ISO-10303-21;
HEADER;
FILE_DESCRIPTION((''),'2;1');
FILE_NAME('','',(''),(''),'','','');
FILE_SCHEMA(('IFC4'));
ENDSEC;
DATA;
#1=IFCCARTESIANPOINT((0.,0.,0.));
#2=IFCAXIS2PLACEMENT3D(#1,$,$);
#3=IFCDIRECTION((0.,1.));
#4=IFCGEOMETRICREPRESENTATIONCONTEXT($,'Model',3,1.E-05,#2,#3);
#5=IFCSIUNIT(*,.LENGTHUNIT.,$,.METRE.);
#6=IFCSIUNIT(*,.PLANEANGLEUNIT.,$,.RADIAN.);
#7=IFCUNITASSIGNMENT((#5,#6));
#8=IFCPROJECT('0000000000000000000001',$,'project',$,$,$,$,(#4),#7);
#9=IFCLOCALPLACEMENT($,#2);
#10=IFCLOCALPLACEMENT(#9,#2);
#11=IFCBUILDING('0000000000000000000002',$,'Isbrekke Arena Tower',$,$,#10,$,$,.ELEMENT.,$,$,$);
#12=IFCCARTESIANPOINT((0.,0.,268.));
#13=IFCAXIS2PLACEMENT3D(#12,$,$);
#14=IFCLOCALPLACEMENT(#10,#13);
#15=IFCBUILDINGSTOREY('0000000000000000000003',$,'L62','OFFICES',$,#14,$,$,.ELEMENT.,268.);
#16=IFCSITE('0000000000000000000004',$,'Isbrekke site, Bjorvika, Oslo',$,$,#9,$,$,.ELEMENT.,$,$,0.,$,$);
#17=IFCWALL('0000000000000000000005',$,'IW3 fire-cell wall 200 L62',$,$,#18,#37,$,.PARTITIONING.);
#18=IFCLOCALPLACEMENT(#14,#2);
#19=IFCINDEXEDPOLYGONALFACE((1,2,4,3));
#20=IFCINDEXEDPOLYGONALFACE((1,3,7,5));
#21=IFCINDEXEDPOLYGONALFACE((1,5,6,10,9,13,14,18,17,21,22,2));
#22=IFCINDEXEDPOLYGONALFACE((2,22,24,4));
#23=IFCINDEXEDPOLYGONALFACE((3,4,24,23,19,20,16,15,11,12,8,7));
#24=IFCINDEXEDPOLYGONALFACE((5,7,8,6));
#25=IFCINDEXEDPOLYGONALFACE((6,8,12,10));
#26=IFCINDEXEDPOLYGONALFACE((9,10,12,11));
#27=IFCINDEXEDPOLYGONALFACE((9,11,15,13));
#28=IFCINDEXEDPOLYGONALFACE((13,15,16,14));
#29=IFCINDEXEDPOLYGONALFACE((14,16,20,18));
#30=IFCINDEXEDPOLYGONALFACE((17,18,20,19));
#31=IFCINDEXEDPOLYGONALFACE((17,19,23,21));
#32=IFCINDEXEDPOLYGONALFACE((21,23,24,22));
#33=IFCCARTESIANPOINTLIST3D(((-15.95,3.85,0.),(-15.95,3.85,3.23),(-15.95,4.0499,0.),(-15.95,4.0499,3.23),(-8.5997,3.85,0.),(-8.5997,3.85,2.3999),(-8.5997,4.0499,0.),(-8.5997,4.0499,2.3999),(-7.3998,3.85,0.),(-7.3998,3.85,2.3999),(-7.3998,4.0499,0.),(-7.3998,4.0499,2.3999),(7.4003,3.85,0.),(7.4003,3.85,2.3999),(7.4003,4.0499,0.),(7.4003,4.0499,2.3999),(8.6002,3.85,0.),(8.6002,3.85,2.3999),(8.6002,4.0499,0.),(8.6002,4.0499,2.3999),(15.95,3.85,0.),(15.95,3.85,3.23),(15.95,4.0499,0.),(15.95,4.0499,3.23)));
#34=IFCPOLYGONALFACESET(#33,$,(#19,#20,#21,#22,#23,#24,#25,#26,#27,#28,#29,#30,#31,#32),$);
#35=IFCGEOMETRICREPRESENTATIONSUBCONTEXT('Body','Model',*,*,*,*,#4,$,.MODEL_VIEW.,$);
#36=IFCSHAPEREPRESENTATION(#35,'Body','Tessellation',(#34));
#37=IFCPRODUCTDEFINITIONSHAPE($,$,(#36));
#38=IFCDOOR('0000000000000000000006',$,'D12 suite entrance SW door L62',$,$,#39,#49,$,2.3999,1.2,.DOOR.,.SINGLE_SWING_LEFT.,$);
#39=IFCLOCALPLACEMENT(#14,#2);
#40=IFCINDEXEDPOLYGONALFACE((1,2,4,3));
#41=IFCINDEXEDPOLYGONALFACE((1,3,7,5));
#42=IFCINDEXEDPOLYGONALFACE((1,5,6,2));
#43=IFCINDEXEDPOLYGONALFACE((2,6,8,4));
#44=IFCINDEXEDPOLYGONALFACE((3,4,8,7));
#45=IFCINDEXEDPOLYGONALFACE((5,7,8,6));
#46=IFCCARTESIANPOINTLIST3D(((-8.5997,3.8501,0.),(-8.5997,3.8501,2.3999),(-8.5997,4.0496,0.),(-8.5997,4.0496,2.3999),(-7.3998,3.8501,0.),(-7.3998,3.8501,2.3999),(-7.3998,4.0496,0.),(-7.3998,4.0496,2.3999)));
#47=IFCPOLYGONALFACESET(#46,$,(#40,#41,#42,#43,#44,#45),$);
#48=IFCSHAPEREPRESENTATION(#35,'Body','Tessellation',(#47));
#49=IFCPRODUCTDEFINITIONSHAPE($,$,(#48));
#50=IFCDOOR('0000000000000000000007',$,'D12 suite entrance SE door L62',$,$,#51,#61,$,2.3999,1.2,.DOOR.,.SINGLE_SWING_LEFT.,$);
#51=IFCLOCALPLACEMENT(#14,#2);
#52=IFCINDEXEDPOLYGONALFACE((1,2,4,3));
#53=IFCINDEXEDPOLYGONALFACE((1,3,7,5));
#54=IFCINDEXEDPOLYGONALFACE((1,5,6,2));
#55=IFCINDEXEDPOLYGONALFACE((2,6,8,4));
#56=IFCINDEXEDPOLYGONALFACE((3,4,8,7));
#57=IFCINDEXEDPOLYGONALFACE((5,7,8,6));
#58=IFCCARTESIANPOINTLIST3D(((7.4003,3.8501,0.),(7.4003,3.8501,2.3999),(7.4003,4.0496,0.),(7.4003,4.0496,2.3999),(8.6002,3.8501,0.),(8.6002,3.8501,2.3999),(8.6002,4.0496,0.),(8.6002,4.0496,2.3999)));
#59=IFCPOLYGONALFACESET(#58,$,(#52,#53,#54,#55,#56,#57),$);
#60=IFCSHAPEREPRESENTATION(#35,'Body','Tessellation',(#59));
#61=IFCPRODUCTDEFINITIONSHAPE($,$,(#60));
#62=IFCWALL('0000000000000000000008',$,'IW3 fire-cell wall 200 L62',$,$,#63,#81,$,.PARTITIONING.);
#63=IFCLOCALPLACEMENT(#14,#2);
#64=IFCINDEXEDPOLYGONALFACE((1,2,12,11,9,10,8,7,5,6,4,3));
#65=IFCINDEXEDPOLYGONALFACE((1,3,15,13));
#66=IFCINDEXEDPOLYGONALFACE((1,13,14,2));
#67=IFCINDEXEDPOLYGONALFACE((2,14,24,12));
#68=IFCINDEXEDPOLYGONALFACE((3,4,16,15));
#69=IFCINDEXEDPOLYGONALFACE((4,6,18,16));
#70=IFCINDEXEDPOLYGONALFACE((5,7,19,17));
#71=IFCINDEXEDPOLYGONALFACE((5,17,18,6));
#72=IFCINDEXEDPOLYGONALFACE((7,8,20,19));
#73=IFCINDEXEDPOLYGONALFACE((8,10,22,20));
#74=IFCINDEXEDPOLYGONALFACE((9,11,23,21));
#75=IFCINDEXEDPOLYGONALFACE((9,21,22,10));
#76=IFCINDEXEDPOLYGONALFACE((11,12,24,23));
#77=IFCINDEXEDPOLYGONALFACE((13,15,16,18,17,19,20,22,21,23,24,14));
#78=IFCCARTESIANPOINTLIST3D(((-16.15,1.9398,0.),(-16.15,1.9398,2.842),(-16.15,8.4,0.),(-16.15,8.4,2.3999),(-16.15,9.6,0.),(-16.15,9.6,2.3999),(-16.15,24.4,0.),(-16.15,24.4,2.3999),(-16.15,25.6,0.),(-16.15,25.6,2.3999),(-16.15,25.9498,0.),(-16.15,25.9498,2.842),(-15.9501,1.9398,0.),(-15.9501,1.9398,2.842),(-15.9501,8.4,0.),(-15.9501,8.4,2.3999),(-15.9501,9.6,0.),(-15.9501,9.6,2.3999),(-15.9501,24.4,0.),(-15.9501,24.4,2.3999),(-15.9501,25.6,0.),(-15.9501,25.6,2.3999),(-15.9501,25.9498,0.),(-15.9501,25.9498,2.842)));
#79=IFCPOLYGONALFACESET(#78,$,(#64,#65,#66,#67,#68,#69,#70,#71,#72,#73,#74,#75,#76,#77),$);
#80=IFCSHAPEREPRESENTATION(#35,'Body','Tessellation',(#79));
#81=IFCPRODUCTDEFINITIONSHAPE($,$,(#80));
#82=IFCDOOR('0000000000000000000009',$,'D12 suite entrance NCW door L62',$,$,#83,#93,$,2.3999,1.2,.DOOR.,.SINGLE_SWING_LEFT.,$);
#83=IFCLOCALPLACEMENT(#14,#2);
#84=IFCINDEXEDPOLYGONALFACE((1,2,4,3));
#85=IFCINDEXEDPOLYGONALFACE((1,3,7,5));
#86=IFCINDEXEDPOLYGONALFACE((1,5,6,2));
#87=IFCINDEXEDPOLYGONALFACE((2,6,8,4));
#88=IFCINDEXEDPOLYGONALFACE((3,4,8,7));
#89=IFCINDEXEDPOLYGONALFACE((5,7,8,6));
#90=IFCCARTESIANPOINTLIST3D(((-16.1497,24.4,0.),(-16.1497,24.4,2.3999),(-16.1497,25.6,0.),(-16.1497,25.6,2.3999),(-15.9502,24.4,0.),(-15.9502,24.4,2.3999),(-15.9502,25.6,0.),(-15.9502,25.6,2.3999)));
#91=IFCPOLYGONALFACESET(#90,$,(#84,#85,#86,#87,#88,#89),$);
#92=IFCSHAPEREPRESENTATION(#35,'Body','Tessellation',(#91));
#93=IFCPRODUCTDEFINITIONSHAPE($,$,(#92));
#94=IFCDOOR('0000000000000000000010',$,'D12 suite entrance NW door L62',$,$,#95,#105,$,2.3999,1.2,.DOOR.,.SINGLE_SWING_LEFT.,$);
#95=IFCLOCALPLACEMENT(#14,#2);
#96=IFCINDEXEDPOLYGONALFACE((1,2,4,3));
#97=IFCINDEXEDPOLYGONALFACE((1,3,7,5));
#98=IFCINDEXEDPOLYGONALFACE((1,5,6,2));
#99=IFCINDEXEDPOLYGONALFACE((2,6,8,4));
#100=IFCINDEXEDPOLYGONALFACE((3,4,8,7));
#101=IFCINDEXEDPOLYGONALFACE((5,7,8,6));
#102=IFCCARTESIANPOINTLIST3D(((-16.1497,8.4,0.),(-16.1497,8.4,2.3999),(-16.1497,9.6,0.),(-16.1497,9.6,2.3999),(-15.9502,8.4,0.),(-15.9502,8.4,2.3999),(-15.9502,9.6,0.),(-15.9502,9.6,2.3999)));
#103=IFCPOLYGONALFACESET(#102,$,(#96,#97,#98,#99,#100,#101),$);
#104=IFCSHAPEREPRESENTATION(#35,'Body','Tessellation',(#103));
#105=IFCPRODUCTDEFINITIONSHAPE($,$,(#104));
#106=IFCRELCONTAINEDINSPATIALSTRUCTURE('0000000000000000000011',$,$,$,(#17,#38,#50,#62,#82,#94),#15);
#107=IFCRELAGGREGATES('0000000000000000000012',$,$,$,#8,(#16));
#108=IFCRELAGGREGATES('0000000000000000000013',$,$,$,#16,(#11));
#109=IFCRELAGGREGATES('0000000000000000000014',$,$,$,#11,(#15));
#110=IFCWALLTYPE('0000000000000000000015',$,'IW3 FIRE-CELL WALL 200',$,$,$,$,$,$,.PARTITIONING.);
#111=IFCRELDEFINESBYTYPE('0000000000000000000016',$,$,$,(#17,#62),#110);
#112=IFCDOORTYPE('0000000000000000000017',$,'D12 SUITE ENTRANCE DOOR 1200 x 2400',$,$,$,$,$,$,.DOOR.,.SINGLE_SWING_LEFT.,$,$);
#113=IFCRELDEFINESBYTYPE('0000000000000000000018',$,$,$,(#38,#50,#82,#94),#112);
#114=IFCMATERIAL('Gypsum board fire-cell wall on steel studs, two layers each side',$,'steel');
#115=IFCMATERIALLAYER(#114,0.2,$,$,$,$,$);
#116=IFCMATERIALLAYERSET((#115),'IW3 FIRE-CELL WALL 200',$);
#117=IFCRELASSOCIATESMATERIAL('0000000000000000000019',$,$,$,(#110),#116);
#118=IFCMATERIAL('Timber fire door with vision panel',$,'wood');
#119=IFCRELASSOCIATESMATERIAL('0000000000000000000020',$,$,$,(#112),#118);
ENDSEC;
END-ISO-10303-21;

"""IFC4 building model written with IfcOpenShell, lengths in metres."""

from ifc_helpers import new_model, si_unit, direction, frame, frame_2d, origin, place, context, subcontext, project, spatial, rectangle, extrude, material, layer, layer_set, type_object, element, fill, save


model = new_model("IFC4")

# Units and contexts
model_context = context("Model", 3, precision=1e-05, world=origin(), true_north=direction((0.0, 1.0)))
body_context = subcontext(model_context, "Body", "Model", "MODEL_VIEW")
ifc_project = project(units=[si_unit("LENGTHUNIT", "METRE"), si_unit("PLANEANGLEUNIT", "RADIAN")], contexts=[model_context])

# Site, building, storey
site_placement = place(None, origin())
site = spatial("IfcSite", under=ifc_project, at=site_placement, Name="Isbrekke site, Bjorvika, Oslo", CompositionType="ELEMENT", RefElevation=0.0)
building_placement = place(site_placement, origin())
building = spatial("IfcBuilding", under=site, at=building_placement, Name="Isbrekke Arena Tower", CompositionType="ELEMENT")
storey_placement = place(building_placement, frame((0.0, 0.0, 268.0)))
storey = spatial("IfcBuildingStorey", under=building, at=storey_placement, Name="L62", Description="OFFICES", CompositionType="ELEMENT", Elevation=268.0)

# Walls, openings, doors
ifc_material_1 = material(Name="Gypsum board fire-cell wall on steel studs, two layers each side", Category="steel")
ifc_layer_1 = layer(ifc_material_1, 0.2)
ifc_layer_set_1 = layer_set([ifc_layer_1], Name="IW3 FIRE-CELL WALL 200")
wall_type_1 = type_object("IfcWallType", Name="IW3 FIRE-CELL WALL 200", PredefinedType="PARTITIONING", material=ifc_layer_set_1)
wall_1_placement = place(storey_placement, frame((-15.95, 3.95, 0.0), z_axis=(0.0, 0.0, 1.0), x_axis=(1.0, 0.0, 0.0)))
wall_1 = element("IfcWall", 1, at=wall_1_placement, inside=storey, type_object=wall_type_1, Name="IW3 fire-cell wall 200 L62", PredefinedType="PARTITIONING", context=body_context, shape_type="SweptSolid", body=[
    extrude(rectangle(XDim=31.8999, YDim=0.2, at=frame_2d((15.95, 0.0))), origin(), (0.0, 0.0, 1.0), 3.23),
])
opening_1_placement = place(wall_1_placement, frame((7.3501, 0.0, 0.0)))
opening_1 = element("IfcOpeningElement", 2, at=opening_1_placement, cuts=wall_1, PredefinedType="OPENING", context=body_context, shape_type="SweptSolid", body=[
    extrude(rectangle(XDim=1.2, YDim=2.3999, at=frame_2d((0.6001, 1.2))), frame((0.0, 0.1147, 0.0), z_axis=(0.0, -1.0, 0.0), x_axis=(1.0, 0.0, 0.0)), (0.0, 0.0, 1.0), 0.2297),
])
opening_2_placement = place(wall_1_placement, frame((23.3501, 0.0, 0.0)))
opening_2 = element("IfcOpeningElement", 3, at=opening_2_placement, cuts=wall_1, PredefinedType="OPENING", context=body_context, shape_type="SweptSolid", body=[
    extrude(rectangle(XDim=1.2, YDim=2.3999, at=frame_2d((0.6001, 1.2))), frame((0.0, 0.1147, 0.0), z_axis=(0.0, -1.0, 0.0), x_axis=(1.0, 0.0, 0.0)), (0.0, 0.0, 1.0), 0.2297),
])
ifc_material_2 = material(Name="Timber fire door with vision panel", Category="wood")
door_type_1 = type_object("IfcDoorType", Name="D12 SUITE ENTRANCE DOOR 1200 x 2400", OperationType="SINGLE_SWING_LEFT", PredefinedType="DOOR", material=ifc_material_2)
door_1_placement = place(opening_1_placement, origin())
door_1 = element("IfcDoor", 4, at=door_1_placement, inside=storey, type_object=door_type_1, Name="D12 suite entrance SW door L62", OperationType="SINGLE_SWING_LEFT", OverallHeight=2.3999, OverallWidth=1.2, PredefinedType="DOOR", context=body_context, shape_type="SweptSolid", body=[
    extrude(rectangle(XDim=1.2, YDim=2.3999, at=frame_2d((0.6001, 1.2))), frame((0.0, 0.0996, 0.0), z_axis=(0.0, -1.0, 0.0), x_axis=(1.0, 0.0, 0.0)), (0.0, 0.0, 1.0), 0.1995),
])
fill(opening_1, door_1)
door_2_placement = place(opening_2_placement, origin())
door_2 = element("IfcDoor", 5, at=door_2_placement, inside=storey, type_object=door_type_1, Name="D12 suite entrance SE door L62", OperationType="SINGLE_SWING_LEFT", OverallHeight=2.3999, OverallWidth=1.2, PredefinedType="DOOR", context=body_context, shape_type="SweptSolid", body=[
    extrude(rectangle(XDim=1.2, YDim=2.3999, at=frame_2d((0.6001, 1.2))), frame((0.0, 0.0996, 0.0), z_axis=(0.0, -1.0, 0.0), x_axis=(1.0, 0.0, 0.0)), (0.0, 0.0, 1.0), 0.1995),
])
fill(opening_2, door_2)
wall_2_placement = place(storey_placement, frame((-16.05, 1.9399, 0.0), z_axis=(0.0, 0.0, 1.0), x_axis=(0.0, 1.0, 0.0)))
wall_2 = element("IfcWall", 6, at=wall_2_placement, inside=storey, type_object=wall_type_1, Name="IW3 fire-cell wall 200 L62", PredefinedType="PARTITIONING", context=body_context, shape_type="SweptSolid", body=[
    extrude(rectangle(XDim=24.01, YDim=0.2, at=frame_2d((12.0049, 0.0))), origin(), (0.0, 0.0, 1.0), 2.842),
])
opening_3_placement = place(wall_2_placement, frame((22.46, 0.0, 0.0)))
opening_3 = element("IfcOpeningElement", 7, at=opening_3_placement, cuts=wall_2, PredefinedType="OPENING", context=body_context, shape_type="SweptSolid", body=[
    extrude(rectangle(XDim=1.2, YDim=2.3999, at=frame_2d((0.6001, 1.2))), frame((0.0, 0.1147, 0.0), z_axis=(0.0, -1.0, 0.0), x_axis=(1.0, 0.0, 0.0)), (0.0, 0.0, 1.0), 0.2297),
])
opening_4_placement = place(wall_2_placement, frame((6.46, 0.0, 0.0)))
opening_4 = element("IfcOpeningElement", 8, at=opening_4_placement, cuts=wall_2, PredefinedType="OPENING", context=body_context, shape_type="SweptSolid", body=[
    extrude(rectangle(XDim=1.2, YDim=2.3999, at=frame_2d((0.6001, 1.2))), frame((0.0, 0.1147, 0.0), z_axis=(0.0, -1.0, 0.0), x_axis=(1.0, 0.0, 0.0)), (0.0, 0.0, 1.0), 0.2297),
])
door_3_placement = place(opening_3_placement, origin())
door_3 = element("IfcDoor", 9, at=door_3_placement, inside=storey, type_object=door_type_1, Name="D12 suite entrance NCW door L62", OperationType="SINGLE_SWING_LEFT", OverallHeight=2.3999, OverallWidth=1.2, PredefinedType="DOOR", context=body_context, shape_type="SweptSolid", body=[
    extrude(rectangle(XDim=1.2, YDim=2.3999, at=frame_2d((0.6001, 1.2))), frame((0.0, 0.0996, 0.0), z_axis=(0.0, -1.0, 0.0), x_axis=(1.0, 0.0, 0.0)), (0.0, 0.0, 1.0), 0.1995),
])
fill(opening_3, door_3)
door_4_placement = place(opening_4_placement, origin())
door_4 = element("IfcDoor", 10, at=door_4_placement, inside=storey, type_object=door_type_1, Name="D12 suite entrance NW door L62", OperationType="SINGLE_SWING_LEFT", OverallHeight=2.3999, OverallWidth=1.2, PredefinedType="DOOR", context=body_context, shape_type="SweptSolid", body=[
    extrude(rectangle(XDim=1.2, YDim=2.3999, at=frame_2d((0.6001, 1.2))), frame((0.0, 0.0996, 0.0), z_axis=(0.0, -1.0, 0.0), x_axis=(1.0, 0.0, 0.0)), (0.0, 0.0, 1.0), 0.1995),
])
fill(opening_4, door_4)

save(model, "model.ifc")
